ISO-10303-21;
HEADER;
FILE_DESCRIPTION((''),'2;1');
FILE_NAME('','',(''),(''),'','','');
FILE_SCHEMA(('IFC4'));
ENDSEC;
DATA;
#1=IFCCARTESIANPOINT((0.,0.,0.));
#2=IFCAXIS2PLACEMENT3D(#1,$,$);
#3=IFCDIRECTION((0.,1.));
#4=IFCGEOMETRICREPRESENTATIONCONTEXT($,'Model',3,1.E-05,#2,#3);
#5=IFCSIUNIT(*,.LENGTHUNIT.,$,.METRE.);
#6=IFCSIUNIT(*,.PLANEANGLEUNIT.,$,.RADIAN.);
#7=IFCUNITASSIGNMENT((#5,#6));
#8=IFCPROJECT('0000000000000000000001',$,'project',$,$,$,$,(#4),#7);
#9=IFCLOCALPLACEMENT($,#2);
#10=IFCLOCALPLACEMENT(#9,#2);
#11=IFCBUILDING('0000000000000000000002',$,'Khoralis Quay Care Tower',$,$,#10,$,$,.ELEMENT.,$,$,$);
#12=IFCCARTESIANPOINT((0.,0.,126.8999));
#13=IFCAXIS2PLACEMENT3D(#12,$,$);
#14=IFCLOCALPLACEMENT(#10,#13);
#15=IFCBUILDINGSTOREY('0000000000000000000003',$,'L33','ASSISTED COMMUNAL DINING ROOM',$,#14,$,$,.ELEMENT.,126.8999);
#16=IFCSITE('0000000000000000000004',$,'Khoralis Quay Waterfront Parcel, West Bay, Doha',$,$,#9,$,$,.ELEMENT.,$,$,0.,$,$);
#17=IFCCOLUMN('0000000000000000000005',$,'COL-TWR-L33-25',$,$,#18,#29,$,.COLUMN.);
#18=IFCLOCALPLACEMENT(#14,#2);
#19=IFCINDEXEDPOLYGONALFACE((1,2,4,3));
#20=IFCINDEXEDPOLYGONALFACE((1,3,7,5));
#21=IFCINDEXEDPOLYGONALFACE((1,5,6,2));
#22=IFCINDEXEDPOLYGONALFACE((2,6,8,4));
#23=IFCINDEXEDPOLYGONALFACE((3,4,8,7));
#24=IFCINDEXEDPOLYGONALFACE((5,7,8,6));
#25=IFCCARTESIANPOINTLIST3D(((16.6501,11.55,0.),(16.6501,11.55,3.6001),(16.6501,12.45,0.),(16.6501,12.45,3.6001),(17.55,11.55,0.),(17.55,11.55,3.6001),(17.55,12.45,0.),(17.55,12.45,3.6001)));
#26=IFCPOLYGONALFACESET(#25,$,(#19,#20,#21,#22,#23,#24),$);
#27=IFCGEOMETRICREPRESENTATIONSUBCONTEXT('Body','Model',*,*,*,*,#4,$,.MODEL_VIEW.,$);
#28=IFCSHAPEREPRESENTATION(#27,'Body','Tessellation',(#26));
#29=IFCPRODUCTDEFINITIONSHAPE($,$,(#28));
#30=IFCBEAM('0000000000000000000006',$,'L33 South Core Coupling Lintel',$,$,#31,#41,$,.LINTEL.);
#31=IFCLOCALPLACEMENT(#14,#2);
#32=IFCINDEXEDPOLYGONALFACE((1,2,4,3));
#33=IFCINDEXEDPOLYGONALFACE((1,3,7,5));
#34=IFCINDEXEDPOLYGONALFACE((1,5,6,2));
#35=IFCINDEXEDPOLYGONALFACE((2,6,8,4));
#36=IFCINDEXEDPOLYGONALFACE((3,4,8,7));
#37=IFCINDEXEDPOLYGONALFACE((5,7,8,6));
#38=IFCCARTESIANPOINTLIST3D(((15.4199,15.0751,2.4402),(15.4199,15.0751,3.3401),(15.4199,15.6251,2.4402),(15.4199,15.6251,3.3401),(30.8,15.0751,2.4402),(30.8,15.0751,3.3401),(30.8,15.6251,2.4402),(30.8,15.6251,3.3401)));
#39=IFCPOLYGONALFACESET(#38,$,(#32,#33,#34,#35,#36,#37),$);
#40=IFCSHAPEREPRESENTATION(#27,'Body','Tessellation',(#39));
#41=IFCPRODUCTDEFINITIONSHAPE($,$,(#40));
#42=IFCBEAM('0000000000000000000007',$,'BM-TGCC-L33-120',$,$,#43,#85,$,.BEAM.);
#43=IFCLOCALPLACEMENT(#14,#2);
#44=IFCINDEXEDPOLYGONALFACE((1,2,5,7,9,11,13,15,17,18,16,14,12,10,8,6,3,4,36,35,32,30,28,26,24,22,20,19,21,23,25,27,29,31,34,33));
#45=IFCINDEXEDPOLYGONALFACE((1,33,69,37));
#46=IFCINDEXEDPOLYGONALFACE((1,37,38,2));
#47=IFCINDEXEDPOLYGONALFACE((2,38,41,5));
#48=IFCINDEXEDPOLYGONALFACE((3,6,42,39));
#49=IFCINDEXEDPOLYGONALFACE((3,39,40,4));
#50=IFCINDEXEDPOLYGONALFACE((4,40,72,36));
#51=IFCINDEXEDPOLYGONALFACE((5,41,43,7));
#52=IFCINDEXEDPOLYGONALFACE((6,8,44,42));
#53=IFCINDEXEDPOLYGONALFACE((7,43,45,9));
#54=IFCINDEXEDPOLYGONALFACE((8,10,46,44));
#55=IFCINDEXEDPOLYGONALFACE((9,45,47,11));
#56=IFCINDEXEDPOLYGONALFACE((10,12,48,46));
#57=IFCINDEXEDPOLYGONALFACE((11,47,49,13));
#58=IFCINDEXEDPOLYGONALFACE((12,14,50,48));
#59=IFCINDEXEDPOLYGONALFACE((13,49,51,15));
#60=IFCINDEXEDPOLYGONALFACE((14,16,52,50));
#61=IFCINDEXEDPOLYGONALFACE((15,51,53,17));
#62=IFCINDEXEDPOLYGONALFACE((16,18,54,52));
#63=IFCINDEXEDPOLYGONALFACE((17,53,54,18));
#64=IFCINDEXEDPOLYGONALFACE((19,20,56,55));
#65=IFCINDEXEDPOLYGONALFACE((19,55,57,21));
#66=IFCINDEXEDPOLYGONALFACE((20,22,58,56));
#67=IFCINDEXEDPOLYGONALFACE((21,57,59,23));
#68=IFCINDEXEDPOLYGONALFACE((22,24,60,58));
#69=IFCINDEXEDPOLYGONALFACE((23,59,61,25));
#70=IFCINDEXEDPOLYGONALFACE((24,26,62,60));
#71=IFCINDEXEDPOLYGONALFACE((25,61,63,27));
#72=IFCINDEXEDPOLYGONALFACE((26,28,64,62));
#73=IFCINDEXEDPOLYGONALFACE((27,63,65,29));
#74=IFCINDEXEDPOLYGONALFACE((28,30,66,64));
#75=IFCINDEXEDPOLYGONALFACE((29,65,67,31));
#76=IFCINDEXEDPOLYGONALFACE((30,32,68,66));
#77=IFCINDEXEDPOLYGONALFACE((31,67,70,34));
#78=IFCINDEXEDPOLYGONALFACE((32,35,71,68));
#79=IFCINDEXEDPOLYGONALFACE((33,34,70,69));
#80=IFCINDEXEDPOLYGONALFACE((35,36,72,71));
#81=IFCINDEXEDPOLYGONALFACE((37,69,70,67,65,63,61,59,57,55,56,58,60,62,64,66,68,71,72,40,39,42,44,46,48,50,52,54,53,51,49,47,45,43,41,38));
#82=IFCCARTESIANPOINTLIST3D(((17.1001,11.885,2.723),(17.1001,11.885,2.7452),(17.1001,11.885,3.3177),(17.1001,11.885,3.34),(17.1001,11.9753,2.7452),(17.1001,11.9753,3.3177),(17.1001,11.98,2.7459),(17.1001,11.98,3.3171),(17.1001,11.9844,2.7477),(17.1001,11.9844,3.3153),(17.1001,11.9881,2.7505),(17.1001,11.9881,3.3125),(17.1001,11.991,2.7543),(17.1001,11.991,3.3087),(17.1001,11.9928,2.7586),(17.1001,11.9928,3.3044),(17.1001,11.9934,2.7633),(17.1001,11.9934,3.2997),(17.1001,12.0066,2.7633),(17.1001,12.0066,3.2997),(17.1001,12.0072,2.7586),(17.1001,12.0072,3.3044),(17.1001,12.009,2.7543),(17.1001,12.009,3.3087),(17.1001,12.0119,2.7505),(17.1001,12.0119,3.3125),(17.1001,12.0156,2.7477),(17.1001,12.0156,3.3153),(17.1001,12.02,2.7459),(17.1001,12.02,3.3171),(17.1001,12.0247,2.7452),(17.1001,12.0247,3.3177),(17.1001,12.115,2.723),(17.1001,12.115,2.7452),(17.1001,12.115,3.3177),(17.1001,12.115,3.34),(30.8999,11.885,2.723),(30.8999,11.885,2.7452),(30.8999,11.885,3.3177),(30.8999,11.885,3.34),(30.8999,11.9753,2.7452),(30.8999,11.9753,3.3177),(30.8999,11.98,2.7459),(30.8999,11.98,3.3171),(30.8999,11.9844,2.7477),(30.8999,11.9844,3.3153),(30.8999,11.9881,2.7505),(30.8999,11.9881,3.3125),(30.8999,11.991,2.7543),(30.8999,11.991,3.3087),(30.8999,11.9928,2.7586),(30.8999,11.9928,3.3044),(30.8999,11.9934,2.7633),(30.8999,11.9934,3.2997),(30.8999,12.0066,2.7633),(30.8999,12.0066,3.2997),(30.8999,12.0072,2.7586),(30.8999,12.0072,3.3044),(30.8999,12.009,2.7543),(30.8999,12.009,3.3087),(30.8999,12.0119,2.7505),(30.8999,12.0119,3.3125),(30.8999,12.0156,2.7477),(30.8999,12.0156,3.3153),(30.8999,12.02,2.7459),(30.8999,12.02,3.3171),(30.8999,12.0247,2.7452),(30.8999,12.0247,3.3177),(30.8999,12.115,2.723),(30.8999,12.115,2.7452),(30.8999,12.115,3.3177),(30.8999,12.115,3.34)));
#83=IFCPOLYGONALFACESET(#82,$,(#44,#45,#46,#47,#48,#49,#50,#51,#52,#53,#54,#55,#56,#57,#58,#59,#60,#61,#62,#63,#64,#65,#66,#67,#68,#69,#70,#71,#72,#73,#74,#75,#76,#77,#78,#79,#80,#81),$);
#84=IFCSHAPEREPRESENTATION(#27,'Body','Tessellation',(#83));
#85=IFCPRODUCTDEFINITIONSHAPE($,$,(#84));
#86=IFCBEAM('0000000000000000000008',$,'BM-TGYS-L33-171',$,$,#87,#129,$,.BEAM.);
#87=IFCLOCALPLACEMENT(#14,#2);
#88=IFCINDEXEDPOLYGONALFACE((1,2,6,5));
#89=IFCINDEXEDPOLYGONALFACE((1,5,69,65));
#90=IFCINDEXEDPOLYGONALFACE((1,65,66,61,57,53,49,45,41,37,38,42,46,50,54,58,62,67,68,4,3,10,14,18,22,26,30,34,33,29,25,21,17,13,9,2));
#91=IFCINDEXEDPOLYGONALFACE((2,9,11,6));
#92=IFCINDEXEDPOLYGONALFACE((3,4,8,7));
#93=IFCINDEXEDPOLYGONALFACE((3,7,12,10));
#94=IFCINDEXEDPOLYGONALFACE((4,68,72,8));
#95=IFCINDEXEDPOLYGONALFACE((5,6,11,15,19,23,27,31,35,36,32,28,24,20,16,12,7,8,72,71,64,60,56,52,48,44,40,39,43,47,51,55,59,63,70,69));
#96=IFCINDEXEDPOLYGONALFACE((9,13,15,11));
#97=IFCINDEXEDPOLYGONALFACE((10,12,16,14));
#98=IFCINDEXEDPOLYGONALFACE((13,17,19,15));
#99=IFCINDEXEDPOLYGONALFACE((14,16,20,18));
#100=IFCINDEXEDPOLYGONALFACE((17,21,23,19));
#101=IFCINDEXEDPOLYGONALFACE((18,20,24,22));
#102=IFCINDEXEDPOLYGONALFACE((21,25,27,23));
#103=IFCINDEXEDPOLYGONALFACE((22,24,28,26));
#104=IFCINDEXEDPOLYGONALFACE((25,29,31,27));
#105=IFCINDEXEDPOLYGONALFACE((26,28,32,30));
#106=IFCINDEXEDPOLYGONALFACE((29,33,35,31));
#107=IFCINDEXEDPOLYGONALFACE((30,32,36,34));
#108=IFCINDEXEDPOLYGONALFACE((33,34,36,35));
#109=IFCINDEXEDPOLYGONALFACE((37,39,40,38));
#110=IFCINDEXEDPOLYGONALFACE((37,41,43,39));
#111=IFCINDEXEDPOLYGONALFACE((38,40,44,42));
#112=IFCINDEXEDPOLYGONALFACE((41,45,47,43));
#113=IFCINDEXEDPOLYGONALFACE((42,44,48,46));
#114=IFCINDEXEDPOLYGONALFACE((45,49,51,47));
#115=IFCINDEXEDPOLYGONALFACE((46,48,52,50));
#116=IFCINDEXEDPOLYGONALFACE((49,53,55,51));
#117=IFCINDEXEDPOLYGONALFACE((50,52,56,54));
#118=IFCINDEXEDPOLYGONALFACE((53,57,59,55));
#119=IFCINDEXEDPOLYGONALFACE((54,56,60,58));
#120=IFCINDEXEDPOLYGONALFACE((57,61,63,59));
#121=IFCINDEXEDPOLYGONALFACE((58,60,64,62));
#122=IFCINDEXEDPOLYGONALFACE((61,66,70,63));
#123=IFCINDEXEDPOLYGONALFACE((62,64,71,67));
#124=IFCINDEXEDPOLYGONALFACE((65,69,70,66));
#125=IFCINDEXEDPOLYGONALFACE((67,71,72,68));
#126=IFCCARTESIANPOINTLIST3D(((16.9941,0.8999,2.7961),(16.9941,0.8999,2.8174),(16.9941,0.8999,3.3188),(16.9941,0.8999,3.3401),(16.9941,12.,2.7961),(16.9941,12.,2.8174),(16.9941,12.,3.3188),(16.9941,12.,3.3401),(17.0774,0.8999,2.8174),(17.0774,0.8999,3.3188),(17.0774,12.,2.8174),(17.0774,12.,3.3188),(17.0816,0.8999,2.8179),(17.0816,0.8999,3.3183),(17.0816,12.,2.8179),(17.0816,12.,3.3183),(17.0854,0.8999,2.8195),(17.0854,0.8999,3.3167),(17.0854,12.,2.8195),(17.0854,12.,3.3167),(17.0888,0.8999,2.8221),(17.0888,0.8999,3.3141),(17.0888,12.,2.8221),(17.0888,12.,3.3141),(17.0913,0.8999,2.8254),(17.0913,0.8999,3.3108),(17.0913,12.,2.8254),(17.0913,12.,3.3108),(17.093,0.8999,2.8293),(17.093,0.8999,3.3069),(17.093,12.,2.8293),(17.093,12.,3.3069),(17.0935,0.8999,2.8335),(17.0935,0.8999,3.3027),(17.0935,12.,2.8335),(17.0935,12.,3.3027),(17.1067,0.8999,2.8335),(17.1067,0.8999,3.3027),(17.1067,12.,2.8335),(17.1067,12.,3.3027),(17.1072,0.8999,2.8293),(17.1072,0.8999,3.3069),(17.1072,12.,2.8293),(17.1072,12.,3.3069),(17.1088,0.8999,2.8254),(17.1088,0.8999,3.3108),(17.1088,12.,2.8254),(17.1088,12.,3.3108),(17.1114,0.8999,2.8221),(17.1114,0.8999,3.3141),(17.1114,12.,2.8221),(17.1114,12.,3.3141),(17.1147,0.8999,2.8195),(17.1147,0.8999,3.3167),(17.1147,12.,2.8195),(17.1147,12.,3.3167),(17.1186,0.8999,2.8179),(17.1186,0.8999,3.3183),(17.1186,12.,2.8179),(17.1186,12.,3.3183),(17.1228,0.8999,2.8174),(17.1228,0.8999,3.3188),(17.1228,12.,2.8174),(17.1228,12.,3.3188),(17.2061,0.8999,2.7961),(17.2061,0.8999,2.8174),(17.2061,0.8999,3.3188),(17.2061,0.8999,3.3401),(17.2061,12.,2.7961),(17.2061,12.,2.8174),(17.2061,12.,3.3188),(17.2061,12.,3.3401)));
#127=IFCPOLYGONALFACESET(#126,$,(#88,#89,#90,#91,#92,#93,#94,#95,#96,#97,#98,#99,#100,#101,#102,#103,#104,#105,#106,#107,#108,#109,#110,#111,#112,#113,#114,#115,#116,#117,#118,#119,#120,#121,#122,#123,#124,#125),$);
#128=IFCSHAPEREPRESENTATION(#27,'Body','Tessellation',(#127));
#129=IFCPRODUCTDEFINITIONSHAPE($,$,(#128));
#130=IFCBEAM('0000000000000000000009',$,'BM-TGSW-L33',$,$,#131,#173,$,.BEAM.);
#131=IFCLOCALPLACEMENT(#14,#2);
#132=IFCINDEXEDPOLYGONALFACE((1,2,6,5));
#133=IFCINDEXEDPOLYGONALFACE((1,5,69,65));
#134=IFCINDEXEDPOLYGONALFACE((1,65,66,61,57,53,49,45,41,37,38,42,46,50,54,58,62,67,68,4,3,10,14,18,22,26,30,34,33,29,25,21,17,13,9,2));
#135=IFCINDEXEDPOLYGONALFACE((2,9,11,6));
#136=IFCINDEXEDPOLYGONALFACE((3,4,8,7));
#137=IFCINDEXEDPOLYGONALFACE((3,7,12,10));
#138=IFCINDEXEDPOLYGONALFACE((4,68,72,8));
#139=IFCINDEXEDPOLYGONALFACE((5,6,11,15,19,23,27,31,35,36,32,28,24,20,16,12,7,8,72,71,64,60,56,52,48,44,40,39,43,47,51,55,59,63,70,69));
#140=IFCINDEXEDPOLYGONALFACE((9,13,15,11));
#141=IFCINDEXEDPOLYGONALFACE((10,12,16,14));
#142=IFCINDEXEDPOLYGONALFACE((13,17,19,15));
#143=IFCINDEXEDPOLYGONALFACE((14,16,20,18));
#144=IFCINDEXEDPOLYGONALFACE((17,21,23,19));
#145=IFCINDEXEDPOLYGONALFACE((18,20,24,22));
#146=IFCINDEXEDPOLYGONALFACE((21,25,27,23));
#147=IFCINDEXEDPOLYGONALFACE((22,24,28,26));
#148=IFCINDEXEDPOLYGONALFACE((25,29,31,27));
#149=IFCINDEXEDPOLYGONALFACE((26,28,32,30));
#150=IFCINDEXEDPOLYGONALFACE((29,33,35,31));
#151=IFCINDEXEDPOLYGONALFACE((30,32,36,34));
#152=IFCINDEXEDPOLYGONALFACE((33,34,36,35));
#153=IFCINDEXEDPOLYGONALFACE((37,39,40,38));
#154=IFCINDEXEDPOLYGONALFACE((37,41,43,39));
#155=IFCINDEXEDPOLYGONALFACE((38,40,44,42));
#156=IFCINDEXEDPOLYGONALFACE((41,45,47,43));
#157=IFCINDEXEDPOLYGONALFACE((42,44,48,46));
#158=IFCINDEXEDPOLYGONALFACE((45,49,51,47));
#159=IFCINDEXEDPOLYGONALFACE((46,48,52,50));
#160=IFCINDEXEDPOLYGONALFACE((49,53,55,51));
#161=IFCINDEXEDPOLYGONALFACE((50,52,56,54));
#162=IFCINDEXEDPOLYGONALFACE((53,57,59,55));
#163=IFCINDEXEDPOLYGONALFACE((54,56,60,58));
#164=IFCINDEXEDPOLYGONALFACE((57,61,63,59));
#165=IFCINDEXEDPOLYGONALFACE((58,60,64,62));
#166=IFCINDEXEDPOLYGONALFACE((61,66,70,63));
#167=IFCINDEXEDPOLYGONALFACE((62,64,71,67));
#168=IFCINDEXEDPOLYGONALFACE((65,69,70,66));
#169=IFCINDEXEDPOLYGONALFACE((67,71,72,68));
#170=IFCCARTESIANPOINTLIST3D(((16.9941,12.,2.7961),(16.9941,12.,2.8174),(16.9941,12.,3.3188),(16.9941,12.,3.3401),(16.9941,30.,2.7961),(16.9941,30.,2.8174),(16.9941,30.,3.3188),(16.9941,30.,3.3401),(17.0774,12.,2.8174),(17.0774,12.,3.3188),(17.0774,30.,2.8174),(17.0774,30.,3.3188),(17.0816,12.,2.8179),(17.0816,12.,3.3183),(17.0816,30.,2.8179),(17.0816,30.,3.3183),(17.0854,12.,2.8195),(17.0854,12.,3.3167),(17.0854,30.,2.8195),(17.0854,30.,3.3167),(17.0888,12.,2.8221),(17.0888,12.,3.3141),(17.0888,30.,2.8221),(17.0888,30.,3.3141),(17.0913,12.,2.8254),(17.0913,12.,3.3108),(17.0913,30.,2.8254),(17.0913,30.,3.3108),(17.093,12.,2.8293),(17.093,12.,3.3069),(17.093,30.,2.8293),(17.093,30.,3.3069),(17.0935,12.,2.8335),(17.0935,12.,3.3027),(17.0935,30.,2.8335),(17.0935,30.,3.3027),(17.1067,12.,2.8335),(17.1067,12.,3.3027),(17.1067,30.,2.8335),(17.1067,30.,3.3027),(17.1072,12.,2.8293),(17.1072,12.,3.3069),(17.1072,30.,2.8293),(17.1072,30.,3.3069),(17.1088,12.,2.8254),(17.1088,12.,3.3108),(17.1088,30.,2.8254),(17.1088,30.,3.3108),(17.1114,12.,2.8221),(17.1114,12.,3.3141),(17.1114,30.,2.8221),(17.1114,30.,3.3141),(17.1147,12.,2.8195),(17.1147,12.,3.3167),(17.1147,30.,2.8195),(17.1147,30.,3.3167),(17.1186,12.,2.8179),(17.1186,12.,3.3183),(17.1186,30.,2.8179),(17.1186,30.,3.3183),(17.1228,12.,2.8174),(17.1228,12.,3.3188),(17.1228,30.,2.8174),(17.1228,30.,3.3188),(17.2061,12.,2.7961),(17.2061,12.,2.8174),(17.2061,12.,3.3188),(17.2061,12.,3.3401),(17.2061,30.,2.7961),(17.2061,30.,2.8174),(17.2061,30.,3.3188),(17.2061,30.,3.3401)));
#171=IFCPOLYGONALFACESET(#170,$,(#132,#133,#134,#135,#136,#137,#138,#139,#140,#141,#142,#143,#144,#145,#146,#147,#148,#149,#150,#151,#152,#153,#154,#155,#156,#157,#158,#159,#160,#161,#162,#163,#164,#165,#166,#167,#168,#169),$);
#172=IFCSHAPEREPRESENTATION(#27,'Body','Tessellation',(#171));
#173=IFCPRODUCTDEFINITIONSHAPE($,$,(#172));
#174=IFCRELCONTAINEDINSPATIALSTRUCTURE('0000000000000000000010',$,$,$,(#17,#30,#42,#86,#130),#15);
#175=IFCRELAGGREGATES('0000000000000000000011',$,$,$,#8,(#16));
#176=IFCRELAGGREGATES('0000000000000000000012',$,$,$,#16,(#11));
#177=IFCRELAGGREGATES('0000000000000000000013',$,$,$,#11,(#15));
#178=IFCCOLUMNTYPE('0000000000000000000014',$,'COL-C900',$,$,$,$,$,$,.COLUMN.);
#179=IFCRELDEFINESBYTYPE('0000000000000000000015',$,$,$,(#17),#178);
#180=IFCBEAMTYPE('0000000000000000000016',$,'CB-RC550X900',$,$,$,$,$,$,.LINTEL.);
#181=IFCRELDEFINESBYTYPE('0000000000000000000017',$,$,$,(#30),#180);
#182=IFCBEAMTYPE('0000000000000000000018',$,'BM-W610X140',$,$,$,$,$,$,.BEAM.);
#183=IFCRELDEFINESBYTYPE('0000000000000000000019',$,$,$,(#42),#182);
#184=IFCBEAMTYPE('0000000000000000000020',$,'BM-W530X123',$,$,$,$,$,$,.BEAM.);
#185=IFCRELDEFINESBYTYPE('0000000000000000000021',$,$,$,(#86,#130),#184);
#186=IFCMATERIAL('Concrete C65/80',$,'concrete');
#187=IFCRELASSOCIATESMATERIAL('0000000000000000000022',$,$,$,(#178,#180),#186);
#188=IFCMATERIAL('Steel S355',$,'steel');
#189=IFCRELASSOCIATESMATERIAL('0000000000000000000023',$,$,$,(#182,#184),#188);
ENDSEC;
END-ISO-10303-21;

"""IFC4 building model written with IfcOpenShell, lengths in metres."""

from ifc_helpers import new_model, si_unit, direction, frame, origin, origin_2d, place, context, subcontext, project, spatial, rectangle, i_section, extrude, source, transform, mapped, material, material_profile, profile_set, type_object, element, save


model = new_model("IFC4")

# Units and contexts
model_context = context("Model", 3, precision=1e-05, world=origin(), true_north=direction((0.0, 1.0)))
body_context = subcontext(model_context, "Body", "Model", "MODEL_VIEW")
ifc_project = project(units=[si_unit("LENGTHUNIT", "METRE"), si_unit("PLANEANGLEUNIT", "RADIAN")], contexts=[model_context])

# Site, building, storey
site_placement = place(None, origin())
site = spatial("IfcSite", under=ifc_project, at=site_placement, Name="Khoralis Quay Waterfront Parcel, West Bay, Doha", CompositionType="ELEMENT", RefElevation=0.0)
building_placement = place(site_placement, origin())
building = spatial("IfcBuilding", under=site, at=building_placement, Name="Khoralis Quay Care Tower", CompositionType="ELEMENT")
storey_placement = place(building_placement, frame((0.0, 0.0, 126.8999)))
storey = spatial("IfcBuildingStorey", under=building, at=storey_placement, Name="L33", Description="ASSISTED COMMUNAL DINING ROOM", CompositionType="ELEMENT", Elevation=126.8999)

# Column
ifc_material_1 = material(Name="Concrete C65/80", Category="concrete")
ifc_material_profile_1 = material_profile(ifc_material_1, rectangle(XDim=0.8999, YDim=0.8999, at=origin_2d()), Name="Concrete C65/80")
ifc_profile_set_1 = profile_set([ifc_material_profile_1], Name="Concrete C65/80")
column_type = type_object("IfcColumnType", Name="COL-C900", PredefinedType="COLUMN", material=ifc_profile_set_1)
shared_shape_1 = source(origin(), body_context, "Body", "SweptSolid", [
    extrude(rectangle(XDim=0.8999, YDim=0.8999, at=origin_2d()), origin(), (0.0, 0.0, 1.0), 3.6001),
])
column_placement = place(storey_placement, frame((17.1001, 12.0, 0.0), z_axis=(0.0, 0.0, 1.0), x_axis=(1.0, 0.0, 0.0)))
element("IfcColumn", 1, at=column_placement, inside=storey, type_object=column_type, Name="COL-TWR-L33-25", PredefinedType="COLUMN", context=body_context, shape_type="MappedRepresentation", body=[
    mapped(shared_shape_1, transform((0.0, 0.0, 0.0), scale=1.0)),
])

# Beams
ifc_material_profile_2 = material_profile(ifc_material_1, rectangle(XDim=0.55, YDim=0.8999, at=origin_2d()), Name="Concrete C65/80")
ifc_profile_set_2 = profile_set([ifc_material_profile_2], Name="Concrete C65/80")
beam_type_1 = type_object("IfcBeamType", Name="CB-RC550X900", PredefinedType="LINTEL", material=ifc_profile_set_2)
shared_shape_2 = source(origin(), body_context, "Body", "SweptSolid", [
    extrude(rectangle(XDim=0.55, YDim=0.8999, at=origin_2d()), origin(), (0.0, 0.0, 1.0), 15.3801),
])
beam_1_placement = place(storey_placement, frame((15.4199, 15.3501, 2.8901), z_axis=(1.0, 0.0, 0.0), x_axis=(0.0, 1.0, 0.0)))
element("IfcBeam", 2, at=beam_1_placement, inside=storey, type_object=beam_type_1, Name="L33 South Core Coupling Lintel", PredefinedType="LINTEL", context=body_context, shape_type="MappedRepresentation", body=[
    mapped(shared_shape_2, transform((0.0, 0.0, 0.0), scale=1.0)),
])
ifc_material_2 = material(Name="Steel S355", Category="steel")
ifc_material_profile_3 = material_profile(ifc_material_2, i_section(OverallWidth=0.23, OverallDepth=0.6169, WebThickness=0.0132, FlangeThickness=0.0222, FilletRadius=0.0181, at=origin_2d()), Name="Steel S355")
ifc_profile_set_3 = profile_set([ifc_material_profile_3], Name="Steel S355")
beam_type_2 = type_object("IfcBeamType", Name="BM-W610X140", PredefinedType="BEAM", material=ifc_profile_set_3)
shared_shape_3 = source(origin(), body_context, "Body", "SweptSolid", [
    extrude(i_section(OverallWidth=0.23, OverallDepth=0.6169, WebThickness=0.0132, FlangeThickness=0.0222, FilletRadius=0.0181, at=origin_2d()), origin(), (0.0, 0.0, 1.0), 13.7998),
])
beam_2_placement = place(storey_placement, frame((17.1001, 12.0, 3.0315), z_axis=(1.0, 0.0, 0.0), x_axis=(0.0, 1.0, 0.0)))
element("IfcBeam", 3, at=beam_2_placement, inside=storey, type_object=beam_type_2, Name="BM-TGCC-L33-120", PredefinedType="BEAM", context=body_context, shape_type="MappedRepresentation", body=[
    mapped(shared_shape_3, transform((0.0, 0.0, 0.0), scale=1.0)),
])
ifc_material_profile_4 = material_profile(ifc_material_2, i_section(OverallWidth=0.2119, OverallDepth=0.5439, WebThickness=0.0132, FlangeThickness=0.0212, FilletRadius=0.0161, at=origin_2d()), Name="Steel S355")
ifc_profile_set_4 = profile_set([ifc_material_profile_4], Name="Steel S355")
beam_type_3 = type_object("IfcBeamType", Name="BM-W530X123", PredefinedType="BEAM", material=ifc_profile_set_4)
shared_shape_4 = source(origin(), body_context, "Body", "SweptSolid", [
    extrude(i_section(OverallWidth=0.2119, OverallDepth=0.5439, WebThickness=0.0132, FlangeThickness=0.0212, FilletRadius=0.0161, at=origin_2d()), origin(), (0.0, 0.0, 1.0), 11.1001),
])
beam_3_placement = place(storey_placement, frame((17.1001, 0.8999, 3.0681), z_axis=(0.0, 1.0, 0.0), x_axis=(-1.0, 0.0, 0.0)))
element("IfcBeam", 4, at=beam_3_placement, inside=storey, type_object=beam_type_3, Name="BM-TGYS-L33-171", PredefinedType="BEAM", context=body_context, shape_type="MappedRepresentation", body=[
    mapped(shared_shape_4, transform((0.0, 0.0, 0.0), scale=1.0)),
])
shared_shape_5 = source(origin(), body_context, "Body", "SweptSolid", [
    extrude(i_section(OverallWidth=0.2119, OverallDepth=0.5439, WebThickness=0.0132, FlangeThickness=0.0212, FilletRadius=0.0161, at=origin_2d()), origin(), (0.0, 0.0, 1.0), 18.0),
])
beam_4_placement = place(storey_placement, frame((17.1001, 12.0, 3.0681), z_axis=(0.0, 1.0, 0.0), x_axis=(-1.0, 0.0, 0.0)))
element("IfcBeam", 5, at=beam_4_placement, inside=storey, type_object=beam_type_3, Name="BM-TGSW-L33", PredefinedType="BEAM", context=body_context, shape_type="MappedRepresentation", body=[
    mapped(shared_shape_5, transform((0.0, 0.0, 0.0), scale=1.0)),
])

save(model, "model.ifc")
